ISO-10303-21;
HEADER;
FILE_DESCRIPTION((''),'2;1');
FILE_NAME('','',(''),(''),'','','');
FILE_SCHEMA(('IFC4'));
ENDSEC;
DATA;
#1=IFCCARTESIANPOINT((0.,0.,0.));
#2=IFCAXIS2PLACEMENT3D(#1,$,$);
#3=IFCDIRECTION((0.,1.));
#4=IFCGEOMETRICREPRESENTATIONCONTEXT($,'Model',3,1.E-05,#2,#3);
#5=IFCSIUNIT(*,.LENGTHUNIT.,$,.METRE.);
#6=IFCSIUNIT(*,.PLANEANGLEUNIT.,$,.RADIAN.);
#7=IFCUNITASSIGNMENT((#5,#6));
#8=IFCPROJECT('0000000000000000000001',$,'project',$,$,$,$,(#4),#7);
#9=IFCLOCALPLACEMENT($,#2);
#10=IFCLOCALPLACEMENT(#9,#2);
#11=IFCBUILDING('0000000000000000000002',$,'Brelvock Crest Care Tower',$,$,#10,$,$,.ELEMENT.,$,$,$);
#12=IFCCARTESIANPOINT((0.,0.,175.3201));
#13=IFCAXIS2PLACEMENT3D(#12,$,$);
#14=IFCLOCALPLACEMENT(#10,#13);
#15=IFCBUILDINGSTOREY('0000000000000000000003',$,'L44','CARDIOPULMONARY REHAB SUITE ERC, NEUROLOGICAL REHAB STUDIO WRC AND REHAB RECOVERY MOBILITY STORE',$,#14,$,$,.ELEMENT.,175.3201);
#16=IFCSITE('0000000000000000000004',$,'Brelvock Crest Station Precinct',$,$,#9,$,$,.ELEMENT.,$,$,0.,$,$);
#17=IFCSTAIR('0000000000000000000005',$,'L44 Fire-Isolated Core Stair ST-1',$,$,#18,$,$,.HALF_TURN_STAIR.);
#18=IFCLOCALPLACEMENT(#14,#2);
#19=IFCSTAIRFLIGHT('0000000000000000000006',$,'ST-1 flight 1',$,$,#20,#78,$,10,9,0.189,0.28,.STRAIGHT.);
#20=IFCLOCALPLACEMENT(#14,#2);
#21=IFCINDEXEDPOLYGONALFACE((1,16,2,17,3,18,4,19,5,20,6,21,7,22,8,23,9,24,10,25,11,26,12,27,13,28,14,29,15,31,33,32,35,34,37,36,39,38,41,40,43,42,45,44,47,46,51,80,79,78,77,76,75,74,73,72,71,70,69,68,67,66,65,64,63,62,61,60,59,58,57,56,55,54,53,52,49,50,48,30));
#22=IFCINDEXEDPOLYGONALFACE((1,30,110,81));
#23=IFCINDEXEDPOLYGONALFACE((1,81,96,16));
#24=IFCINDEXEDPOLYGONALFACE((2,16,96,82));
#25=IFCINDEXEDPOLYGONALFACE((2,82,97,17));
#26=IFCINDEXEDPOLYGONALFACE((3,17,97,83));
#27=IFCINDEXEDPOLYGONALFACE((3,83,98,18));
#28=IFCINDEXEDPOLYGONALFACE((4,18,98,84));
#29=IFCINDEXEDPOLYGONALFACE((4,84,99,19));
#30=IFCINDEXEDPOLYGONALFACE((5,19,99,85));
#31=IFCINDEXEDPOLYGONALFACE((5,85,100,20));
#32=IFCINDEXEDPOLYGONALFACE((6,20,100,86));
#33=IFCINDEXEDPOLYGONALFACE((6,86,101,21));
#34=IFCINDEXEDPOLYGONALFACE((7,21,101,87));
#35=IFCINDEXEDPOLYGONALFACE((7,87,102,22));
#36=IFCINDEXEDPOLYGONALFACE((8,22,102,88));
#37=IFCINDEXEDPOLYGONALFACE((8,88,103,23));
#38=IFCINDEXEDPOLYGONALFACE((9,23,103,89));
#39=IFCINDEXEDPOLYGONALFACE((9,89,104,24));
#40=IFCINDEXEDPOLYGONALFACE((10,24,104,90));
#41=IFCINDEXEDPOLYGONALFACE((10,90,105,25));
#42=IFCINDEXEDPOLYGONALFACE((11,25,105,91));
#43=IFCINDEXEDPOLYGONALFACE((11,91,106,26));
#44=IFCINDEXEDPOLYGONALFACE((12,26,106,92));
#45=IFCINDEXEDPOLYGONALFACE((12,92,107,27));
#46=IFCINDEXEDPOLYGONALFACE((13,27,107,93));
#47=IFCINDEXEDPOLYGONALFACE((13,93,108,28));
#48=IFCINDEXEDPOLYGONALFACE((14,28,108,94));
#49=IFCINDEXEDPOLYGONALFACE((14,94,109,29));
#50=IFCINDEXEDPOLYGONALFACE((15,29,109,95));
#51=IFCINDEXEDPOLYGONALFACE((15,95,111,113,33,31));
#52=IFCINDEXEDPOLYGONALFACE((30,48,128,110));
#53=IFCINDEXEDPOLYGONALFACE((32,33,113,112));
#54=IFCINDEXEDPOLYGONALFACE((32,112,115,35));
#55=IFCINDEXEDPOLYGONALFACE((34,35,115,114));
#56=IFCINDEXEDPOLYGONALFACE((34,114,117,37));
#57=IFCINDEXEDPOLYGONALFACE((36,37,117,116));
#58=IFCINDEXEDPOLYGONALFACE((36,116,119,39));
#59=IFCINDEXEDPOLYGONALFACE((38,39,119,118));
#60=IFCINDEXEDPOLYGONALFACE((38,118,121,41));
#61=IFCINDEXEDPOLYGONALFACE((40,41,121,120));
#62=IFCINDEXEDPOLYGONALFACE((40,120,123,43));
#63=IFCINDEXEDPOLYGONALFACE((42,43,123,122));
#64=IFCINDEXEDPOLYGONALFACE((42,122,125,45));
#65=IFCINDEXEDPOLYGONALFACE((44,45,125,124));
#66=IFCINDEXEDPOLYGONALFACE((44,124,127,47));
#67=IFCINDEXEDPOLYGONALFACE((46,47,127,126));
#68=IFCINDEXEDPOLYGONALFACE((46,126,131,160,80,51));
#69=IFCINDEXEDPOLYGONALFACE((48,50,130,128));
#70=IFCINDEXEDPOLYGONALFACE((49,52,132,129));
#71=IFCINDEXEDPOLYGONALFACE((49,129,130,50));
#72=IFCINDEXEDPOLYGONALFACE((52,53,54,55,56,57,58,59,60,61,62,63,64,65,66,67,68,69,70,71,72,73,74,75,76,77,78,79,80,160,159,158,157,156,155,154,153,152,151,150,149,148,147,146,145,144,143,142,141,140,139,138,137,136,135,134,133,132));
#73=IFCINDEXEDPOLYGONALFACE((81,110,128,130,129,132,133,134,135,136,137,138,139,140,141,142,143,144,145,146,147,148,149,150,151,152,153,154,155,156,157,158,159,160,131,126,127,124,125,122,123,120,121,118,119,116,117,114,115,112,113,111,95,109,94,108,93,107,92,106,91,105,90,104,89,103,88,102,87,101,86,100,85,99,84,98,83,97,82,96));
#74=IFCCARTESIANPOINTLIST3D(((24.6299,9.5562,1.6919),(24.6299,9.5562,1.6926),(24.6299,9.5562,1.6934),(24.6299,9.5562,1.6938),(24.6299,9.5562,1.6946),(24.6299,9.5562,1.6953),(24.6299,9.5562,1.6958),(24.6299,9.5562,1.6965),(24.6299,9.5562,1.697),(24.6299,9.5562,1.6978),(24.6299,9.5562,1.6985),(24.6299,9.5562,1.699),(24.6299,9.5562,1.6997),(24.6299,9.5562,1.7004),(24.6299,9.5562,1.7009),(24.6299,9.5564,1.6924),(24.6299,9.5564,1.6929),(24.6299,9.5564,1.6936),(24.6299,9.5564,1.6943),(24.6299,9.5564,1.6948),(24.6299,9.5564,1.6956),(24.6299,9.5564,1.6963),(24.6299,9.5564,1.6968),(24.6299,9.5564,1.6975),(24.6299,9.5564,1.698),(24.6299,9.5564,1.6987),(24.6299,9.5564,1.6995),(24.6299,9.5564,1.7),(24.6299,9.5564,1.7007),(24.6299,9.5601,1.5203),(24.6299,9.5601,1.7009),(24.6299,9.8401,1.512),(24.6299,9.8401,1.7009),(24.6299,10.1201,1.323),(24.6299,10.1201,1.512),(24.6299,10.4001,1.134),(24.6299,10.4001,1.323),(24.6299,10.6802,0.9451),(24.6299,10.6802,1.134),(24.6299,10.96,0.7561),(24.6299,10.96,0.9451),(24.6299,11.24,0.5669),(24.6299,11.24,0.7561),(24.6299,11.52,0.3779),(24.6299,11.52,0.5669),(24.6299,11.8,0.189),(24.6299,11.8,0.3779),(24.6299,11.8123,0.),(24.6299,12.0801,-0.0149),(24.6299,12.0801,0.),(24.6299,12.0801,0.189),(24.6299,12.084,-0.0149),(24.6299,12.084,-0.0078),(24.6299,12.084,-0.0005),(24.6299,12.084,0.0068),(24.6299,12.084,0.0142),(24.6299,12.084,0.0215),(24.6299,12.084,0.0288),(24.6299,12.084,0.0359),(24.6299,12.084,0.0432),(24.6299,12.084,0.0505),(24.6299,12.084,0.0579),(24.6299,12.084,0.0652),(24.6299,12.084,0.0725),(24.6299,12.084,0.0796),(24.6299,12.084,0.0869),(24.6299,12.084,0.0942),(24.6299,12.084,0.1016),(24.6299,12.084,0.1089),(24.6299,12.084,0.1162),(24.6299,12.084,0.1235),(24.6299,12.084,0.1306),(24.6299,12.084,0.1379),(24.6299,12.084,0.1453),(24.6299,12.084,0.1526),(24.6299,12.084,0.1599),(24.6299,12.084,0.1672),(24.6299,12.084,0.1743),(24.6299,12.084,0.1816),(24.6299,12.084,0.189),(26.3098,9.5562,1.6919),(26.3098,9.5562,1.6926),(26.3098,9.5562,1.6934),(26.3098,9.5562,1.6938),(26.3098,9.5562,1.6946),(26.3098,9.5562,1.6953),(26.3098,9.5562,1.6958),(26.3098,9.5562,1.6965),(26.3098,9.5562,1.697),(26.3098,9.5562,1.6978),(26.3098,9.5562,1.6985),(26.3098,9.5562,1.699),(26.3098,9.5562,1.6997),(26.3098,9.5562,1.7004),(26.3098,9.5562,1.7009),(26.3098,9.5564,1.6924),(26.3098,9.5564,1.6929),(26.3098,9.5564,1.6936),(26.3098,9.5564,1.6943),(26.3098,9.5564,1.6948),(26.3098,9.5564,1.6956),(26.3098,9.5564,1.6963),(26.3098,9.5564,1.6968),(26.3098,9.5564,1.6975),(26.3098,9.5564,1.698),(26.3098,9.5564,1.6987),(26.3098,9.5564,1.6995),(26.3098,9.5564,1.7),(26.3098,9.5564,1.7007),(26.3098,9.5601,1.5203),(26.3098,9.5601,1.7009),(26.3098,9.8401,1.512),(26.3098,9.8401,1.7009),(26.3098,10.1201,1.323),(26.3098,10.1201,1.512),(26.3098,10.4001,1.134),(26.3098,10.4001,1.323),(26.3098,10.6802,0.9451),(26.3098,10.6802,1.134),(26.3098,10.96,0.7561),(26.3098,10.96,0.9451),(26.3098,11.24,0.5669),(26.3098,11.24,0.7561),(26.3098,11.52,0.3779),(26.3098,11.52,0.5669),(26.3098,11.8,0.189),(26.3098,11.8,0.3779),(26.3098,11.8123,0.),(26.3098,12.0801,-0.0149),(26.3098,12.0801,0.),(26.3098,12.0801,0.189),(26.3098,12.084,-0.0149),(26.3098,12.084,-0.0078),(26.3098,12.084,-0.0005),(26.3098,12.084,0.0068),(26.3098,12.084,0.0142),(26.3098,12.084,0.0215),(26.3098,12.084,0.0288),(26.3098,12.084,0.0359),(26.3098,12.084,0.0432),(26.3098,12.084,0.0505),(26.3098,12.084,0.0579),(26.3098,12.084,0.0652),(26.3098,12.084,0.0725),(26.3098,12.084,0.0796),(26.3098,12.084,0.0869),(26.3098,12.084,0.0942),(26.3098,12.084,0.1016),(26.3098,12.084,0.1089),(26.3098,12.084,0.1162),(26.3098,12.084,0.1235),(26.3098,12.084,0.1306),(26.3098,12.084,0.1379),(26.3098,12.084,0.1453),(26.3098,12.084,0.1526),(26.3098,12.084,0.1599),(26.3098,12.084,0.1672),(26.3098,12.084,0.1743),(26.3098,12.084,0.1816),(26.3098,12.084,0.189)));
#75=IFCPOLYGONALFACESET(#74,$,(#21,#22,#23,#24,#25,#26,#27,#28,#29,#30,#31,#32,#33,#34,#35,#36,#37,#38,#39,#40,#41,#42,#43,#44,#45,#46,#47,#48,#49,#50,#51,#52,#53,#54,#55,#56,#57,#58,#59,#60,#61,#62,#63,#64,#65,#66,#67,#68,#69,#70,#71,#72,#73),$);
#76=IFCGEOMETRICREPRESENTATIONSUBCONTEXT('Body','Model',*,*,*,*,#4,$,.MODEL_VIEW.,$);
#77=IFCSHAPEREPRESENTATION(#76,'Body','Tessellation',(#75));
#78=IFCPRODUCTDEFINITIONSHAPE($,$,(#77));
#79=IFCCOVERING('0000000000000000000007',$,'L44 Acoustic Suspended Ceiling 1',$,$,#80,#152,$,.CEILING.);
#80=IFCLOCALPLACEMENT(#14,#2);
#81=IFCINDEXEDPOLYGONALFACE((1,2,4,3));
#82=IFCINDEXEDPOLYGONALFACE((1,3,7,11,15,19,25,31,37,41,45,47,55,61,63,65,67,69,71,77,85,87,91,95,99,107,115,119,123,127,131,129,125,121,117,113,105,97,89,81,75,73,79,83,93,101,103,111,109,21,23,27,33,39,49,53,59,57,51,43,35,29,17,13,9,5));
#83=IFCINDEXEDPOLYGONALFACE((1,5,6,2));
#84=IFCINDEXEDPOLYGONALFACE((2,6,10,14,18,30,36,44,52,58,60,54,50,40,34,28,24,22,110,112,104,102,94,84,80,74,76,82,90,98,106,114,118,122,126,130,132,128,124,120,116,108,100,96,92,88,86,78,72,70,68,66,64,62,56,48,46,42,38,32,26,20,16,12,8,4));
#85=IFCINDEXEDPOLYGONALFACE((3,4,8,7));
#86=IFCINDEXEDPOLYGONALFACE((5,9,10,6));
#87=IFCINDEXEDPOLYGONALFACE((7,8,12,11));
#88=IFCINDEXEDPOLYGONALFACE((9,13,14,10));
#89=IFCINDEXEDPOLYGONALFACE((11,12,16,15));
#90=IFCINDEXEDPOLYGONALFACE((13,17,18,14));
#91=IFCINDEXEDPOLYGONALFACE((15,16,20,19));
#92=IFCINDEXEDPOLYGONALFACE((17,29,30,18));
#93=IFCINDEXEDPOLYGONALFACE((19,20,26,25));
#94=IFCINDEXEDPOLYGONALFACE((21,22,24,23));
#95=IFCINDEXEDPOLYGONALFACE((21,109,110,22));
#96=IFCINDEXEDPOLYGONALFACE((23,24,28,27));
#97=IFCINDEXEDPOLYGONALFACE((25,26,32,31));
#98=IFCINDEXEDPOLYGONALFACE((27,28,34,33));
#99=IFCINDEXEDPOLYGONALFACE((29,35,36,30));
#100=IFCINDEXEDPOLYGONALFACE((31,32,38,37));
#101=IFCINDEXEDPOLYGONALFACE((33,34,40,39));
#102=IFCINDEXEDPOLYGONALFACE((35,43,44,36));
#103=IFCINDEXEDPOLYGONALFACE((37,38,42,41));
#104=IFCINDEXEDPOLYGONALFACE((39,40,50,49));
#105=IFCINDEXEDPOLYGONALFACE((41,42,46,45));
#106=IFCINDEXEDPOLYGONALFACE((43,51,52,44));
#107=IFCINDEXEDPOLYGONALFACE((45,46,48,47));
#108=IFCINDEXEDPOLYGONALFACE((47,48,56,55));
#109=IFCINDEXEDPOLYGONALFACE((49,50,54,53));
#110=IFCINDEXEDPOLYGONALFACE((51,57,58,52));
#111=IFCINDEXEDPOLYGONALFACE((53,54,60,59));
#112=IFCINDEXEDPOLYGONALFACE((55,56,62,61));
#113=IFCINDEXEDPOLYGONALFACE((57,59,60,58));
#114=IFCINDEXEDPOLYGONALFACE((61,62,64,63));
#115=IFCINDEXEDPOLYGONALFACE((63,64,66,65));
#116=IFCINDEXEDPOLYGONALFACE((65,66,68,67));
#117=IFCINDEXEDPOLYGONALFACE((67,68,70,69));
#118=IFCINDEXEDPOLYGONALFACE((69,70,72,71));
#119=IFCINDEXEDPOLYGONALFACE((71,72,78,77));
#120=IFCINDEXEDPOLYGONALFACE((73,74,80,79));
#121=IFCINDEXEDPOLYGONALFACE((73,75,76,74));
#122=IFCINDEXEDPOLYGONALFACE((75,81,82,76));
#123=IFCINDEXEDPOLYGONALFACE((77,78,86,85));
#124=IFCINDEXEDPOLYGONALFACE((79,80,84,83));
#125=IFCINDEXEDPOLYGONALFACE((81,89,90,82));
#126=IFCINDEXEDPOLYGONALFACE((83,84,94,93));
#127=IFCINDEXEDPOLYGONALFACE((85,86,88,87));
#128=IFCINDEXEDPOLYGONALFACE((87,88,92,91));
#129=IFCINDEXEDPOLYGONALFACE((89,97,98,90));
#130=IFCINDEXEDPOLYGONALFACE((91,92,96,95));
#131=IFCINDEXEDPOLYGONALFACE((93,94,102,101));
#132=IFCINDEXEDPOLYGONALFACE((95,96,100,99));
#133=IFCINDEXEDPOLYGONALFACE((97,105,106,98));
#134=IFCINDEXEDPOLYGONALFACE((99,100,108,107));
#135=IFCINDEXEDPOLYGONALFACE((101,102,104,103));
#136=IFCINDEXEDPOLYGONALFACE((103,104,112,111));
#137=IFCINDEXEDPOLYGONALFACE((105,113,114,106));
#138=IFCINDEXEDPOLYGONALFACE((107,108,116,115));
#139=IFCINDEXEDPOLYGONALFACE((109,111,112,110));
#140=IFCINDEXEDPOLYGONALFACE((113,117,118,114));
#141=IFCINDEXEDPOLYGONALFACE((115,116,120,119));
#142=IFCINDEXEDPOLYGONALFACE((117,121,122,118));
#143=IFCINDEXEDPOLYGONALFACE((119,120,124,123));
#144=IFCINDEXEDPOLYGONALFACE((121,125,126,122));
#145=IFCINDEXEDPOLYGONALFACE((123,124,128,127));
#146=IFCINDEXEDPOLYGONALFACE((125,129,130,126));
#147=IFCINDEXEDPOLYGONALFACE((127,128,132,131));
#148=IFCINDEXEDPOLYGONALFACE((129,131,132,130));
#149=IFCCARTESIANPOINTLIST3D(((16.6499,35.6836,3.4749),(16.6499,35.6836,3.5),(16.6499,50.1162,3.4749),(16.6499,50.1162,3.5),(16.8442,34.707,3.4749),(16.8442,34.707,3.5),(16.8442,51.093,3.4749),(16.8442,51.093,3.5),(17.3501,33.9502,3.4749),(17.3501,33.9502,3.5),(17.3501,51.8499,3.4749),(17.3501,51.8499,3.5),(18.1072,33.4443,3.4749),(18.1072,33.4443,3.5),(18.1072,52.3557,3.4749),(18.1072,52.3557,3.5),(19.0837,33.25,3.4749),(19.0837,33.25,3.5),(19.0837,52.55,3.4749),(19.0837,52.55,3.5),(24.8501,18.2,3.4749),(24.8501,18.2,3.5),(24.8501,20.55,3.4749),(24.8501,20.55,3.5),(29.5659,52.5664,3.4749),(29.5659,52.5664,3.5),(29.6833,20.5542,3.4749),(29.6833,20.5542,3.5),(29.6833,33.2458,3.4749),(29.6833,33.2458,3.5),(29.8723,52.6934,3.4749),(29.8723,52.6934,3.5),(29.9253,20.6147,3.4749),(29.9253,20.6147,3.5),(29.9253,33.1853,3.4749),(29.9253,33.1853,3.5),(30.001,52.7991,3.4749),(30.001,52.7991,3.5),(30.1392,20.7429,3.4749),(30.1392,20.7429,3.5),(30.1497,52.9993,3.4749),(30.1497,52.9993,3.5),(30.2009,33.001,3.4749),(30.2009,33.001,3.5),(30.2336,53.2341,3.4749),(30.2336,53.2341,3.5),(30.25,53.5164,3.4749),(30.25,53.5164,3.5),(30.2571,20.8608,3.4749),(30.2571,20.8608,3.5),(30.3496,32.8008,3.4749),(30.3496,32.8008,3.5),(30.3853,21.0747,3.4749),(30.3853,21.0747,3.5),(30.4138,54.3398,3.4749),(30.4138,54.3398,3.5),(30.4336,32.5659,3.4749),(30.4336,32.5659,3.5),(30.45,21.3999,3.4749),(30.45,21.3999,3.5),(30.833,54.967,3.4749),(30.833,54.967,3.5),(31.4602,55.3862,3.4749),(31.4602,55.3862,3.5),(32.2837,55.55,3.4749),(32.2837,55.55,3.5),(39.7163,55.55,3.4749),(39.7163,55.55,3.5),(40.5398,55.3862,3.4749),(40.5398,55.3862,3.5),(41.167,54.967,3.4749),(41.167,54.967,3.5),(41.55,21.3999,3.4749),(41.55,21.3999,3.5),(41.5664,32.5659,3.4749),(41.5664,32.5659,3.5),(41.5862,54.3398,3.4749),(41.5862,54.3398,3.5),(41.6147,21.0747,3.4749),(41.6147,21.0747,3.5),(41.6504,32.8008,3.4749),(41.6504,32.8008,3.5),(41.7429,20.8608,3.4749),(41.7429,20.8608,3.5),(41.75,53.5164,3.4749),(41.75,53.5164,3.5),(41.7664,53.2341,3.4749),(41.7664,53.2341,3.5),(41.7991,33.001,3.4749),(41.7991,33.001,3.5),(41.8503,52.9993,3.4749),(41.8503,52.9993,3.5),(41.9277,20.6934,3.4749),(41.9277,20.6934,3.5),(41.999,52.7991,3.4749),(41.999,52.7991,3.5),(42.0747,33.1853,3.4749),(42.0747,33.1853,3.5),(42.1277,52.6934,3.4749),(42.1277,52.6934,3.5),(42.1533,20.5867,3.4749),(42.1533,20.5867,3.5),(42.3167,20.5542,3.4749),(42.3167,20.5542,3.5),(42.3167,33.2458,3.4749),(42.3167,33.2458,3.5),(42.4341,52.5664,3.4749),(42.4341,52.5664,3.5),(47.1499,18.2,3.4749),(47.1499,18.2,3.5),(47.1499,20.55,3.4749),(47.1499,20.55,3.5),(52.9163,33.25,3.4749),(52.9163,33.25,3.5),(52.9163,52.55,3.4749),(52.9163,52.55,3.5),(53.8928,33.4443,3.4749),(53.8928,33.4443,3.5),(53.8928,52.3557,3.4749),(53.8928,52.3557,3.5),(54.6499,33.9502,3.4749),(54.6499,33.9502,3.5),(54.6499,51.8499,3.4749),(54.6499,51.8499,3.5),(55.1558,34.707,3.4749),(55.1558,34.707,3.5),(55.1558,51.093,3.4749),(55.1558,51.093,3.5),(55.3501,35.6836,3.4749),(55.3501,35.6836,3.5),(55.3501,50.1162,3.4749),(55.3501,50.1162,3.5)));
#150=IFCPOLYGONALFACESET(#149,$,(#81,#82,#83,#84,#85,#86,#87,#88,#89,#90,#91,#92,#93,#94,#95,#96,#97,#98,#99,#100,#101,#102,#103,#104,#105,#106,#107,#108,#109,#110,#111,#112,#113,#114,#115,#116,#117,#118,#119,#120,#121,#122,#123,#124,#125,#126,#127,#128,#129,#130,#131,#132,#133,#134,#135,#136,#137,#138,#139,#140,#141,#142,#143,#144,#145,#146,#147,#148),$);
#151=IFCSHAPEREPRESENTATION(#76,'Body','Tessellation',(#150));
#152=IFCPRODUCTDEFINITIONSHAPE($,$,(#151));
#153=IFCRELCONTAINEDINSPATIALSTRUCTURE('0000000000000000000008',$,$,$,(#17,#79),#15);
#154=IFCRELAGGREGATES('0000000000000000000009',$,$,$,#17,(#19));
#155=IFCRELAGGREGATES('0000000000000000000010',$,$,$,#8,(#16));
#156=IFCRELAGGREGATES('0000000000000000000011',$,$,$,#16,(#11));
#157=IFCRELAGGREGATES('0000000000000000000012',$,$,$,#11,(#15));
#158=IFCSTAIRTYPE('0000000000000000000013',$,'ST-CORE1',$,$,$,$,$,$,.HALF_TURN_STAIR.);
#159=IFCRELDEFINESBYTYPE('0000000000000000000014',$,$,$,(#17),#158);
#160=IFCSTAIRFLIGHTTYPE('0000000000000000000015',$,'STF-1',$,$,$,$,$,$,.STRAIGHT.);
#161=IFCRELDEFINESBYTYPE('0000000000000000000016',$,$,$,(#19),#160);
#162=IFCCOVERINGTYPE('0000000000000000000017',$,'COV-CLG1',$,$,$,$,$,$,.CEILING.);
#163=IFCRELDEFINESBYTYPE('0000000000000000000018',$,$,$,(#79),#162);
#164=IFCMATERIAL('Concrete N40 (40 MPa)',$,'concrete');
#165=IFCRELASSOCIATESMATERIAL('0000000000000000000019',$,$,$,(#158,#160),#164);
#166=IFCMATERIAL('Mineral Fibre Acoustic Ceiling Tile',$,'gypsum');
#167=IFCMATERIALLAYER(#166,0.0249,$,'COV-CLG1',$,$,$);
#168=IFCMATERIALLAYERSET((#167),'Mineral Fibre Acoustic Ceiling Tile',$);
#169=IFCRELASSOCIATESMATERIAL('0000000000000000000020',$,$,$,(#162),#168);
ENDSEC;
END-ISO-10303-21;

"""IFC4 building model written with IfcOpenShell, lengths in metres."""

from ifc_helpers import new_model, si_unit, direction, frame, origin, place, context, subcontext, project, spatial, polyline, outline, extrude, material, layer, layer_set, type_object, element, aggregate, save


model = new_model("IFC4")

# Units and contexts
model_context = context("Model", 3, precision=1e-05, world=origin(), true_north=direction((0.0, 1.0)))
body_context = subcontext(model_context, "Body", "Model", "MODEL_VIEW")
ifc_project = project(units=[si_unit("LENGTHUNIT", "METRE"), si_unit("PLANEANGLEUNIT", "RADIAN")], contexts=[model_context])

# Site, building, storey
site_placement = place(None, origin())
site = spatial("IfcSite", under=ifc_project, at=site_placement, Name="Brelvock Crest Station Precinct", CompositionType="ELEMENT", RefElevation=0.0)
building_placement = place(site_placement, origin())
building = spatial("IfcBuilding", under=site, at=building_placement, Name="Brelvock Crest Care Tower", CompositionType="ELEMENT")
storey_placement = place(building_placement, frame((0.0, 0.0, 175.3201)))
storey = spatial("IfcBuildingStorey", under=building, at=storey_placement, Name="L44", Description="CARDIOPULMONARY REHAB SUITE ERC, NEUROLOGICAL REHAB STUDIO WRC AND REHAB RECOVERY MOBILITY STORE", CompositionType="ELEMENT", Elevation=175.3201)

# Stair
ifc_material_1 = material(Name="Concrete N40 (40 MPa)", Category="concrete")
stair_type = type_object("IfcStairType", Name="ST-CORE1", PredefinedType="HALF_TURN_STAIR", material=ifc_material_1)
stair_1_placement = place(storey_placement, origin())
stair_1 = element("IfcStair", 1, at=stair_1_placement, inside=storey, type_object=stair_type, Name="L44 Fire-Isolated Core Stair ST-1", PredefinedType="HALF_TURN_STAIR")

# Stair flight
stair_flight_type = type_object("IfcStairFlightType", Name="STF-1", PredefinedType="STRAIGHT", material=ifc_material_1)
stair_flight_placement = place(storey_placement, frame((25.47, 12.0801, 0.0), z_axis=(0.0, 0.0, 1.0), x_axis=(0.0, -1.0, 0.0)))
stair_flight = element("IfcStairFlight", 2, at=stair_flight_placement, type_object=stair_flight_type, Name="ST-1 flight 1", NumberOfRisers=10, NumberOfTreads=9, PredefinedType="STRAIGHT", RiserHeight=0.189, TreadLength=0.28, context=body_context, shape_type="SweptSolid", body=[
    extrude(outline(polyline([(-0.0039, -0.0149), (-0.0039, -0.0078), (-0.0039, -0.0005), (-0.0039, 0.0068), (-0.0039, 0.0142), (-0.0039, 0.0215), (-0.0039, 0.0288), (-0.0039, 0.0359), (-0.0039, 0.0432), (-0.0039, 0.0505), (-0.0039, 0.0579), (-0.0039, 0.0652), (-0.0039, 0.0725), (-0.0039, 0.0796), (-0.0039, 0.0869), (-0.0039, 0.0942), (-0.0039, 0.1016), (-0.0039, 0.1089), (-0.0039, 0.1162), (-0.0039, 0.1235), (-0.0039, 0.1306), (-0.0039, 0.1379), (-0.0039, 0.1453), (-0.0039, 0.1526), (-0.0039, 0.1599), (-0.0039, 0.1672), (-0.0039, 0.1743), (-0.0039, 0.1816), (-0.0039, 0.189), (0.0, 0.189), (0.28, 0.189), (0.28, 0.3779), (0.5601, 0.3779), (0.5601, 0.5669), (0.8401, 0.5669), (0.8401, 0.7561), (1.1201, 0.7561), (1.1201, 0.9451), (1.3999, 0.9451), (1.3999, 1.134), (1.6799, 1.134), (1.6799, 1.323), (1.96, 1.323), (1.96, 1.512), (2.24, 1.512), (2.24, 1.7009), (2.52, 1.7009), (2.5239, 1.7009), (2.5237, 1.7007), (2.5239, 1.7004), (2.5237, 1.7), (2.5239, 1.6997), (2.5237, 1.6995), (2.5239, 1.699), (2.5237, 1.6987), (2.5239, 1.6985), (2.5237, 1.698), (2.5239, 1.6978), (2.5237, 1.6975), (2.5239, 1.697), (2.5237, 1.6968), (2.5239, 1.6965), (2.5237, 1.6963), (2.5239, 1.6958), (2.5237, 1.6956), (2.5239, 1.6953), (2.5237, 1.6948), (2.5239, 1.6946), (2.5237, 1.6943), (2.5239, 1.6938), (2.5237, 1.6936), (2.5239, 1.6934), (2.5237, 1.6929), (2.5239, 1.6926), (2.5237, 1.6924), (2.5239, 1.6919), (2.52, 1.5203), (0.2678, 0.0), (0.0, 0.0), (0.0, -0.0149), (-0.0039, -0.0149)])), frame((0.0, 0.8398, 0.0), z_axis=(0.0, -1.0, 0.0), x_axis=(1.0, 0.0, 0.0)), (0.0, 0.0, 1.0), 1.6799),
])
aggregate(stair_1, [stair_flight])

# Covering
ifc_material_2 = material(Name="Mineral Fibre Acoustic Ceiling Tile", Category="gypsum")
ifc_layer_1 = layer(ifc_material_2, 0.0249, Name="COV-CLG1")
ifc_layer_set_1 = layer_set([ifc_layer_1], Name="Mineral Fibre Acoustic Ceiling Tile")
covering_type_1 = type_object("IfcCoveringType", Name="COV-CLG1", PredefinedType="CEILING", material=ifc_layer_set_1)
covering_1_placement = place(storey_placement, frame((0.0, 0.0, 3.4749)))
element("IfcCovering", 3, at=covering_1_placement, inside=storey, type_object=covering_type_1, Name="L44 Acoustic Suspended Ceiling 1", PredefinedType="CEILING", context=body_context, shape_type="SweptSolid", body=[
    extrude(outline(polyline([(24.8501, 18.2), (47.1499, 18.2), (47.1499, 20.55), (42.3167, 20.5542), (42.1533, 20.5867), (41.9277, 20.6934), (41.7429, 20.8608), (41.6147, 21.0747), (41.55, 21.3999), (41.5664, 32.5659), (41.6504, 32.8008), (41.7991, 33.001), (42.0747, 33.1853), (42.3167, 33.2458), (52.9163, 33.25), (53.8928, 33.4443), (54.6499, 33.9502), (55.1558, 34.707), (55.3501, 35.6836), (55.3501, 50.1162), (55.1558, 51.093), (54.6499, 51.8499), (53.8928, 52.3557), (52.9163, 52.55), (42.4341, 52.5664), (42.1277, 52.6934), (41.999, 52.7991), (41.8503, 52.9993), (41.7664, 53.2341), (41.75, 53.5164), (41.5862, 54.3398), (41.167, 54.967), (40.5398, 55.3862), (39.7163, 55.55), (32.2837, 55.55), (31.4602, 55.3862), (30.833, 54.967), (30.4138, 54.3398), (30.25, 53.5164), (30.2336, 53.2341), (30.1497, 52.9993), (30.001, 52.7991), (29.8723, 52.6934), (29.5659, 52.5664), (19.0837, 52.55), (18.1072, 52.3557), (17.3501, 51.8499), (16.8442, 51.093), (16.6499, 50.1162), (16.6499, 35.6836), (16.8442, 34.707), (17.3501, 33.9502), (18.1072, 33.4443), (19.0837, 33.25), (29.6833, 33.2458), (29.9253, 33.1853), (30.2009, 33.001), (30.3496, 32.8008), (30.4336, 32.5659), (30.45, 21.3999), (30.3853, 21.0747), (30.2571, 20.8608), (30.1392, 20.7429), (29.9253, 20.6147), (29.6833, 20.5542), (24.8501, 20.55), (24.8501, 18.2)])), origin(), (0.0, 0.0, 1.0), 0.0251),
])

save(model, "model.ifc")
